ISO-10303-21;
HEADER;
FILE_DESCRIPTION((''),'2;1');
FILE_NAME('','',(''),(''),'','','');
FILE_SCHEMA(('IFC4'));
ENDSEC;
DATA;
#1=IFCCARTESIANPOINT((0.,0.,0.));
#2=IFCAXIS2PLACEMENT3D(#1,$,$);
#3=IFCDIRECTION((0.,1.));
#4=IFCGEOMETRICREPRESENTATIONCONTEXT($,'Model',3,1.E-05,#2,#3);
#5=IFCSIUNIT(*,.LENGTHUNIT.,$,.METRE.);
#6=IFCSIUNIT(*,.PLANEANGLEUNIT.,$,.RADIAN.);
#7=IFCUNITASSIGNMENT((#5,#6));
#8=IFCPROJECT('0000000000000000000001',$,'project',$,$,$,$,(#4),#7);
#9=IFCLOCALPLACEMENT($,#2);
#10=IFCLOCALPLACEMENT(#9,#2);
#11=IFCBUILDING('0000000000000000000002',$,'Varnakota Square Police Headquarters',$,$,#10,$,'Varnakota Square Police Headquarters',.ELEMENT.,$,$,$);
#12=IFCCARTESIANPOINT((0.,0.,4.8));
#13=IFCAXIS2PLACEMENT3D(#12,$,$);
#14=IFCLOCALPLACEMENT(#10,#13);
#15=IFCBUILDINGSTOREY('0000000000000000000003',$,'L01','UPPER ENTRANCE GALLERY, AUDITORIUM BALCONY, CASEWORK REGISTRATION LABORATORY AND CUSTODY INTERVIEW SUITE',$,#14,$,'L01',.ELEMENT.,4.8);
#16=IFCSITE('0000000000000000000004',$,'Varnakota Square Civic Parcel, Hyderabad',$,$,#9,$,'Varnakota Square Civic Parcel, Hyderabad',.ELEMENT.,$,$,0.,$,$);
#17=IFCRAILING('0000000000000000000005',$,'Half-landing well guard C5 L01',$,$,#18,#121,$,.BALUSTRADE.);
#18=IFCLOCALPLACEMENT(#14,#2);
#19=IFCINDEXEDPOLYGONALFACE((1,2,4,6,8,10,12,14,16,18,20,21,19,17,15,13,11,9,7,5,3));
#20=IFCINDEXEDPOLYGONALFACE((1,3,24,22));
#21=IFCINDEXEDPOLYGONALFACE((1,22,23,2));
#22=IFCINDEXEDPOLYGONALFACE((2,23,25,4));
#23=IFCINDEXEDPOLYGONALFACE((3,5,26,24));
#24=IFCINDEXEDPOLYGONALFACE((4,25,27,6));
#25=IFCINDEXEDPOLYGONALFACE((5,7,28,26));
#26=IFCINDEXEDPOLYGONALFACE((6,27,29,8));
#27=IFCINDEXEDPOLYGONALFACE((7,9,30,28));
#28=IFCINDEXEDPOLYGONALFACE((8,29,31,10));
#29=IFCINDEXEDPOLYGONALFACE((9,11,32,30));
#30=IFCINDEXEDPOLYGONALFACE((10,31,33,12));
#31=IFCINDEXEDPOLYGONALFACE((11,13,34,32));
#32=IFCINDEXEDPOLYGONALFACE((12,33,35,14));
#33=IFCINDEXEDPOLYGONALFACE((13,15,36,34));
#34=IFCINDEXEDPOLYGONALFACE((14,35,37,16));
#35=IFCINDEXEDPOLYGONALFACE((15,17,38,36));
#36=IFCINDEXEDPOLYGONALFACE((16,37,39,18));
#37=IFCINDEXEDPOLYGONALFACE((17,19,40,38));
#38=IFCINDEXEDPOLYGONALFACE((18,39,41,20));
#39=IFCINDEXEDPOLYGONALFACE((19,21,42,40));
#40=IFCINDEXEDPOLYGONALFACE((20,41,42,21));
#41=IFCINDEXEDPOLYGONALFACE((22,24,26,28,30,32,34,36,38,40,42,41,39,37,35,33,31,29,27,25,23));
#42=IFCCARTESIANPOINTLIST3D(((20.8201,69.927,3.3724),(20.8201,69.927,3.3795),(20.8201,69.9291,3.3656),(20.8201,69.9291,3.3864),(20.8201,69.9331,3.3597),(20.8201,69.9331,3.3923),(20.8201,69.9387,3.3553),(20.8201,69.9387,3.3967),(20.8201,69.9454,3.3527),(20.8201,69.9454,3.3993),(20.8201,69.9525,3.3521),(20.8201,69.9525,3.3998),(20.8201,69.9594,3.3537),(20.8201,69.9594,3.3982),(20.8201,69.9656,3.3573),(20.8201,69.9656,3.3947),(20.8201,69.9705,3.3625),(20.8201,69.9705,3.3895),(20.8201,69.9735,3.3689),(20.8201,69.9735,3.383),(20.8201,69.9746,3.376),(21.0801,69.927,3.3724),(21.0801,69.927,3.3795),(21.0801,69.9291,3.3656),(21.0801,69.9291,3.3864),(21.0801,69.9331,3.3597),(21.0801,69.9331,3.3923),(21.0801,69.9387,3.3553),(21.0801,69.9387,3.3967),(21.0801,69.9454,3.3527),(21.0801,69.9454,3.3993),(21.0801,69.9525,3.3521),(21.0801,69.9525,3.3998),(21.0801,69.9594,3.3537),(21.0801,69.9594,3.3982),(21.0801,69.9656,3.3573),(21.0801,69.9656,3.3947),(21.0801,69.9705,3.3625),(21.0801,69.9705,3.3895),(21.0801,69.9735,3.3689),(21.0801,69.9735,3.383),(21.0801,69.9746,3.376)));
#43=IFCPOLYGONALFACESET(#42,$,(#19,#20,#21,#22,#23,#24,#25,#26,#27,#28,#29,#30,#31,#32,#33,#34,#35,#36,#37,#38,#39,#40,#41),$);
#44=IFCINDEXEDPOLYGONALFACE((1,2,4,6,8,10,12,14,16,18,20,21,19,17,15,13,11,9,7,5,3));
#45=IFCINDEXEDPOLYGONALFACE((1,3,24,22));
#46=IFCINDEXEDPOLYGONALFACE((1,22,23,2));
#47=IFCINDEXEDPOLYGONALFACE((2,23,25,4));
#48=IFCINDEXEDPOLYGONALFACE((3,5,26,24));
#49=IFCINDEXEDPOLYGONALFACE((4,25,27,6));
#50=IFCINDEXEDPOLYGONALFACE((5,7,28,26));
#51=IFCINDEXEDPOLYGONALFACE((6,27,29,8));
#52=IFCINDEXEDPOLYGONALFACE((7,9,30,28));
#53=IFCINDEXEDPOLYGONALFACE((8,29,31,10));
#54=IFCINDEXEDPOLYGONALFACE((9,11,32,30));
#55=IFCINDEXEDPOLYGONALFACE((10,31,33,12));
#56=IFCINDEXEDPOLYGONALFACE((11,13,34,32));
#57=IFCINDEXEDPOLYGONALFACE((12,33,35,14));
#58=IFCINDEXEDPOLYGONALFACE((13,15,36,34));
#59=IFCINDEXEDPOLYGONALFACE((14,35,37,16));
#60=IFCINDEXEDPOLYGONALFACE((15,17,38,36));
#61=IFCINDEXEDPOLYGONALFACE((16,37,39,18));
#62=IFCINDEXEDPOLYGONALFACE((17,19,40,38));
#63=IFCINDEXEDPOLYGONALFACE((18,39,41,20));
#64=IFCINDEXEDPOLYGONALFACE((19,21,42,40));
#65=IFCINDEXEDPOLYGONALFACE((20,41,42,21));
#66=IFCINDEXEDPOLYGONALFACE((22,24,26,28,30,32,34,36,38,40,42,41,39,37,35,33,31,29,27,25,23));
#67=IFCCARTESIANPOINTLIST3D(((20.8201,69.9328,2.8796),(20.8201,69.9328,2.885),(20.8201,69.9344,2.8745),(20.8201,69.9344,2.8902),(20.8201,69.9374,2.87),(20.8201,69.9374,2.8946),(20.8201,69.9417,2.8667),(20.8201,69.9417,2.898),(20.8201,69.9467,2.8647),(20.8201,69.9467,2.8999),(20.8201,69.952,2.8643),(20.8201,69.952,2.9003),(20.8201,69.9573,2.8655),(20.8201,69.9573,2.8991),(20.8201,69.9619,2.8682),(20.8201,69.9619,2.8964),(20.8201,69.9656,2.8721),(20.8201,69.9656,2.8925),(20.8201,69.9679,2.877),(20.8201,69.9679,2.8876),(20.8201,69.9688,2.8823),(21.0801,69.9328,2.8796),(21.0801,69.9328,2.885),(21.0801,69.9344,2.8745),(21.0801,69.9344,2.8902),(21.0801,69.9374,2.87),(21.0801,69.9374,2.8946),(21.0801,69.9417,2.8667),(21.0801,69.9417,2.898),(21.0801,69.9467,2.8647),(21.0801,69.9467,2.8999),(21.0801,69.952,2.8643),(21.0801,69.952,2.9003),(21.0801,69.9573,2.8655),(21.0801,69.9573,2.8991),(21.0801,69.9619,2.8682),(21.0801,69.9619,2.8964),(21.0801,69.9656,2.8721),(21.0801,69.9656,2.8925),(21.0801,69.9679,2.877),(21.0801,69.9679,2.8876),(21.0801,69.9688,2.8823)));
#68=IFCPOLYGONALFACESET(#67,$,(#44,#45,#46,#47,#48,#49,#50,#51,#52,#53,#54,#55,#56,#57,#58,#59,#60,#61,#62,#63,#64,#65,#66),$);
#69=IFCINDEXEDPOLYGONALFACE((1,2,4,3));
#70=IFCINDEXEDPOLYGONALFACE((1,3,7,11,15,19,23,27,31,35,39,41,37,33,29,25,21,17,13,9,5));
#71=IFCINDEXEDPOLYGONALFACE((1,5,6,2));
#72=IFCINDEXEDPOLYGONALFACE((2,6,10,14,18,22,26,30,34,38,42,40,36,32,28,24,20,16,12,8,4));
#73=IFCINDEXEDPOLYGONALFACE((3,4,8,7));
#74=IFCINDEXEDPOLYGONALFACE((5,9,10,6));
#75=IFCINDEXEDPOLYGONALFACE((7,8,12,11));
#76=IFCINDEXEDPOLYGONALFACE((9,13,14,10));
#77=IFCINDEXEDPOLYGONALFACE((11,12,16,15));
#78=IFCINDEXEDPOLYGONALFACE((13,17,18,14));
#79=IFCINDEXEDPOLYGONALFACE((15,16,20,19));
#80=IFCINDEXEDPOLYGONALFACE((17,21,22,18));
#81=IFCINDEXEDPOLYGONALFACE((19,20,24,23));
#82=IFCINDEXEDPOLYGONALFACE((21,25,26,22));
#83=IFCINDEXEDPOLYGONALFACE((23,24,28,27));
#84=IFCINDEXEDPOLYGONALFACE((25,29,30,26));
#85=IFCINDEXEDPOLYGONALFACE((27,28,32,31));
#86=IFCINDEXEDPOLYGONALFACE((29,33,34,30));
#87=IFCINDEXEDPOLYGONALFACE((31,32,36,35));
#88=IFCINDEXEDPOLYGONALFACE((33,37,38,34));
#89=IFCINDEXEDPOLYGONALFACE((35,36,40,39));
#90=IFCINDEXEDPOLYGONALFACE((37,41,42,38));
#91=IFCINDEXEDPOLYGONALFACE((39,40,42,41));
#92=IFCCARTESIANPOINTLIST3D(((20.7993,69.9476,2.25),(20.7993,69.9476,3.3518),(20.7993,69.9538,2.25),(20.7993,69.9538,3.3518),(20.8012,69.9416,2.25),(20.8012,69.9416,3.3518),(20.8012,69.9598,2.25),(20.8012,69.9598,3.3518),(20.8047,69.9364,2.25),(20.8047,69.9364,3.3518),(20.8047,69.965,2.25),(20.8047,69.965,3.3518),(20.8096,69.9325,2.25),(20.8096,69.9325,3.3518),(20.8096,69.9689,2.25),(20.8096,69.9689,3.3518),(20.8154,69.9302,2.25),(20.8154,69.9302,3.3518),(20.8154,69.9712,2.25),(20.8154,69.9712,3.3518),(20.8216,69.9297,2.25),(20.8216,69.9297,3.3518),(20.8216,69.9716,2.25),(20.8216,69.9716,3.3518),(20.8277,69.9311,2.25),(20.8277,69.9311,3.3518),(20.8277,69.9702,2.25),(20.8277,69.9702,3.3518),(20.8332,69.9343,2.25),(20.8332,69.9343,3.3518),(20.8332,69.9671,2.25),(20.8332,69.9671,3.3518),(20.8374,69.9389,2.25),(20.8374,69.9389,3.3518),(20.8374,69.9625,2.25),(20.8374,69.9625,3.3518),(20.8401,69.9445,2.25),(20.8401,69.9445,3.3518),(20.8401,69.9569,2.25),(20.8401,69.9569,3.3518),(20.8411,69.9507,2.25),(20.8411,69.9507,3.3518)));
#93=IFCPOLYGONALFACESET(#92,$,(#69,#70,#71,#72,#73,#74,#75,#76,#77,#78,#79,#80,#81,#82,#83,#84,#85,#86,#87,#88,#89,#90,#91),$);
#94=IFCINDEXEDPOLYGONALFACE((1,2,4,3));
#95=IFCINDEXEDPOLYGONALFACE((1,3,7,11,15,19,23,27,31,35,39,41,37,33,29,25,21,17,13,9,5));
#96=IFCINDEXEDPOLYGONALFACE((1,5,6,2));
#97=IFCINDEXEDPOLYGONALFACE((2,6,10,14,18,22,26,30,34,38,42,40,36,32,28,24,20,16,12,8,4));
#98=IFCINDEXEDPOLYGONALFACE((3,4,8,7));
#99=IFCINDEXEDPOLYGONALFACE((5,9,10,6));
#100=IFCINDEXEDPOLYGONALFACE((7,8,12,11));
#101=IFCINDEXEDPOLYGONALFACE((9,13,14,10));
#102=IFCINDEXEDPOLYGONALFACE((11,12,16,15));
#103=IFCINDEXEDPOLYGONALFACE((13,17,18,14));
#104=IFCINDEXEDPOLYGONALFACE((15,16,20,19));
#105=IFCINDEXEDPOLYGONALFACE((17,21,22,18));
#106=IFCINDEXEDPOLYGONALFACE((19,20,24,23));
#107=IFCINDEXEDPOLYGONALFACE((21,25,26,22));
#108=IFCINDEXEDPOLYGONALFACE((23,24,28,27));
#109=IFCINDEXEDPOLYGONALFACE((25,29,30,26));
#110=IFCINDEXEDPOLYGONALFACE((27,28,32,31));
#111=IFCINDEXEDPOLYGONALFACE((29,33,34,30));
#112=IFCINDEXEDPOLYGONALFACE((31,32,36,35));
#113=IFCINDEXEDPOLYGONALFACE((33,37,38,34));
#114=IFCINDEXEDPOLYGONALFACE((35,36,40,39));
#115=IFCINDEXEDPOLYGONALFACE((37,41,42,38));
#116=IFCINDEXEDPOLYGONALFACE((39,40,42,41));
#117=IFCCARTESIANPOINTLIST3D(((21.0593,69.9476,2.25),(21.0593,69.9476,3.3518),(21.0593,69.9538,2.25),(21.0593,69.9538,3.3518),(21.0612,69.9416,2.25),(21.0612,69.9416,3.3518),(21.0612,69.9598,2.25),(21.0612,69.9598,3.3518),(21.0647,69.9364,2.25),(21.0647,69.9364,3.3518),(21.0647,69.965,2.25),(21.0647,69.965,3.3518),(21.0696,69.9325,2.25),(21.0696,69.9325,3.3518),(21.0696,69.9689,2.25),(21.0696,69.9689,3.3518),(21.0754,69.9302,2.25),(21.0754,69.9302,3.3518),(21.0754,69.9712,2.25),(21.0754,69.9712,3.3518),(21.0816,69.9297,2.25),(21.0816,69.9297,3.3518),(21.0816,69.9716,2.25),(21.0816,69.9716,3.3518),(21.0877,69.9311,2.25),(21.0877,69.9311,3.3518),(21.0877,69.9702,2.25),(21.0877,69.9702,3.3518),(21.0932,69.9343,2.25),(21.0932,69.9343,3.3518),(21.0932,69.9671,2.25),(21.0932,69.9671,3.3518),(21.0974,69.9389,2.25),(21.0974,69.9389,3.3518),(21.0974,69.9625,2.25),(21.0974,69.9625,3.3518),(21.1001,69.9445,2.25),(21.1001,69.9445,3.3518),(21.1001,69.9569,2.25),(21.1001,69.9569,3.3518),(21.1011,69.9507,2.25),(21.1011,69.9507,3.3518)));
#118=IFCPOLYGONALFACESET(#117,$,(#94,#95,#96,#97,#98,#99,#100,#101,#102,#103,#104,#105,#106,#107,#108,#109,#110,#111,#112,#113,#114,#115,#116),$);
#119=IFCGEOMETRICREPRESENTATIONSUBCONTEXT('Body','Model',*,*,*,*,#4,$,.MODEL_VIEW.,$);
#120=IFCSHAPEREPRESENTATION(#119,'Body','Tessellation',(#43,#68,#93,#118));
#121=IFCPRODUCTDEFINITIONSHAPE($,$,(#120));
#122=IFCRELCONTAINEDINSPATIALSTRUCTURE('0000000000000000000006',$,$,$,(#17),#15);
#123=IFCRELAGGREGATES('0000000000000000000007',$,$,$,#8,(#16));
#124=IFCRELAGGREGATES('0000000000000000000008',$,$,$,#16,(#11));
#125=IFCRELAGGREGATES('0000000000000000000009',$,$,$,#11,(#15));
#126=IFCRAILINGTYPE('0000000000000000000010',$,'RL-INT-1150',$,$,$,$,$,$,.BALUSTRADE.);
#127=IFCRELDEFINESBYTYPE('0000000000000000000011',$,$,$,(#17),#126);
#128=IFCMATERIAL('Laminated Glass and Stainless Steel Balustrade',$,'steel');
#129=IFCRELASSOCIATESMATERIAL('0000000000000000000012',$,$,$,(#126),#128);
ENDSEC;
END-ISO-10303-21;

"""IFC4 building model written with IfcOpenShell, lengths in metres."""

from ifc_helpers import new_model, si_unit, direction, frame, origin, origin_2d, place, context, subcontext, project, spatial, circle, extrude, material, type_object, element, save


model = new_model("IFC4")

# Units and contexts
model_context = context("Model", 3, precision=1e-05, world=origin(), true_north=direction((0.0, 1.0)))
body_context = subcontext(model_context, "Body", "Model", "MODEL_VIEW")
ifc_project = project(units=[si_unit("LENGTHUNIT", "METRE"), si_unit("PLANEANGLEUNIT", "RADIAN")], contexts=[model_context])

# Site, building, storey
site_placement = place(None, origin())
site = spatial("IfcSite", under=ifc_project, at=site_placement, Name="Varnakota Square Civic Parcel, Hyderabad", LongName="Varnakota Square Civic Parcel, Hyderabad", CompositionType="ELEMENT", RefElevation=0.0)
building_placement = place(site_placement, origin())
building = spatial("IfcBuilding", under=site, at=building_placement, Name="Varnakota Square Police Headquarters", LongName="Varnakota Square Police Headquarters", CompositionType="ELEMENT")
storey_placement = place(building_placement, frame((0.0, 0.0, 4.8)))
storey = spatial("IfcBuildingStorey", under=building, at=storey_placement, Name="L01", Description="UPPER ENTRANCE GALLERY, AUDITORIUM BALCONY, CASEWORK REGISTRATION LABORATORY AND CUSTODY INTERVIEW SUITE", LongName="L01", CompositionType="ELEMENT", Elevation=4.8)

# Railing
ifc_material_1 = material(Name="Laminated Glass and Stainless Steel Balustrade", Category="steel")
railing_type_1 = type_object("IfcRailingType", Name="RL-INT-1150", PredefinedType="BALUSTRADE", material=ifc_material_1)
railing_1_placement = place(storey_placement, frame((20.8201, 69.9507, 2.25)))
element("IfcRailing", 1, at=railing_1_placement, inside=storey, type_object=railing_type_1, Name="Half-landing well guard C5 L01", PredefinedType="BALUSTRADE", context=body_context, shape_type="SweptSolid", body=[
    extrude(circle(Radius=0.0239, at=origin_2d()), frame((0.0, 0.0, 1.126), z_axis=(1.0, 0.0, 0.0), x_axis=(0.0, 1.0, 0.0)), (0.0, 0.0, 1.0), 0.26),
    extrude(circle(Radius=0.0181, at=origin_2d()), frame((0.0, 0.0, 0.6323), z_axis=(1.0, 0.0, 0.0), x_axis=(0.0, 1.0, 0.0)), (0.0, 0.0, 1.0), 0.26),
    extrude(circle(Radius=0.021, at=origin_2d()), origin(), (0.0, 0.0, 1.0), 1.1018),
    extrude(circle(Radius=0.021, at=origin_2d()), frame((0.26, 0.0, 0.0)), (0.0, 0.0, 1.0), 1.1018),
])

save(model, "model.ifc")
